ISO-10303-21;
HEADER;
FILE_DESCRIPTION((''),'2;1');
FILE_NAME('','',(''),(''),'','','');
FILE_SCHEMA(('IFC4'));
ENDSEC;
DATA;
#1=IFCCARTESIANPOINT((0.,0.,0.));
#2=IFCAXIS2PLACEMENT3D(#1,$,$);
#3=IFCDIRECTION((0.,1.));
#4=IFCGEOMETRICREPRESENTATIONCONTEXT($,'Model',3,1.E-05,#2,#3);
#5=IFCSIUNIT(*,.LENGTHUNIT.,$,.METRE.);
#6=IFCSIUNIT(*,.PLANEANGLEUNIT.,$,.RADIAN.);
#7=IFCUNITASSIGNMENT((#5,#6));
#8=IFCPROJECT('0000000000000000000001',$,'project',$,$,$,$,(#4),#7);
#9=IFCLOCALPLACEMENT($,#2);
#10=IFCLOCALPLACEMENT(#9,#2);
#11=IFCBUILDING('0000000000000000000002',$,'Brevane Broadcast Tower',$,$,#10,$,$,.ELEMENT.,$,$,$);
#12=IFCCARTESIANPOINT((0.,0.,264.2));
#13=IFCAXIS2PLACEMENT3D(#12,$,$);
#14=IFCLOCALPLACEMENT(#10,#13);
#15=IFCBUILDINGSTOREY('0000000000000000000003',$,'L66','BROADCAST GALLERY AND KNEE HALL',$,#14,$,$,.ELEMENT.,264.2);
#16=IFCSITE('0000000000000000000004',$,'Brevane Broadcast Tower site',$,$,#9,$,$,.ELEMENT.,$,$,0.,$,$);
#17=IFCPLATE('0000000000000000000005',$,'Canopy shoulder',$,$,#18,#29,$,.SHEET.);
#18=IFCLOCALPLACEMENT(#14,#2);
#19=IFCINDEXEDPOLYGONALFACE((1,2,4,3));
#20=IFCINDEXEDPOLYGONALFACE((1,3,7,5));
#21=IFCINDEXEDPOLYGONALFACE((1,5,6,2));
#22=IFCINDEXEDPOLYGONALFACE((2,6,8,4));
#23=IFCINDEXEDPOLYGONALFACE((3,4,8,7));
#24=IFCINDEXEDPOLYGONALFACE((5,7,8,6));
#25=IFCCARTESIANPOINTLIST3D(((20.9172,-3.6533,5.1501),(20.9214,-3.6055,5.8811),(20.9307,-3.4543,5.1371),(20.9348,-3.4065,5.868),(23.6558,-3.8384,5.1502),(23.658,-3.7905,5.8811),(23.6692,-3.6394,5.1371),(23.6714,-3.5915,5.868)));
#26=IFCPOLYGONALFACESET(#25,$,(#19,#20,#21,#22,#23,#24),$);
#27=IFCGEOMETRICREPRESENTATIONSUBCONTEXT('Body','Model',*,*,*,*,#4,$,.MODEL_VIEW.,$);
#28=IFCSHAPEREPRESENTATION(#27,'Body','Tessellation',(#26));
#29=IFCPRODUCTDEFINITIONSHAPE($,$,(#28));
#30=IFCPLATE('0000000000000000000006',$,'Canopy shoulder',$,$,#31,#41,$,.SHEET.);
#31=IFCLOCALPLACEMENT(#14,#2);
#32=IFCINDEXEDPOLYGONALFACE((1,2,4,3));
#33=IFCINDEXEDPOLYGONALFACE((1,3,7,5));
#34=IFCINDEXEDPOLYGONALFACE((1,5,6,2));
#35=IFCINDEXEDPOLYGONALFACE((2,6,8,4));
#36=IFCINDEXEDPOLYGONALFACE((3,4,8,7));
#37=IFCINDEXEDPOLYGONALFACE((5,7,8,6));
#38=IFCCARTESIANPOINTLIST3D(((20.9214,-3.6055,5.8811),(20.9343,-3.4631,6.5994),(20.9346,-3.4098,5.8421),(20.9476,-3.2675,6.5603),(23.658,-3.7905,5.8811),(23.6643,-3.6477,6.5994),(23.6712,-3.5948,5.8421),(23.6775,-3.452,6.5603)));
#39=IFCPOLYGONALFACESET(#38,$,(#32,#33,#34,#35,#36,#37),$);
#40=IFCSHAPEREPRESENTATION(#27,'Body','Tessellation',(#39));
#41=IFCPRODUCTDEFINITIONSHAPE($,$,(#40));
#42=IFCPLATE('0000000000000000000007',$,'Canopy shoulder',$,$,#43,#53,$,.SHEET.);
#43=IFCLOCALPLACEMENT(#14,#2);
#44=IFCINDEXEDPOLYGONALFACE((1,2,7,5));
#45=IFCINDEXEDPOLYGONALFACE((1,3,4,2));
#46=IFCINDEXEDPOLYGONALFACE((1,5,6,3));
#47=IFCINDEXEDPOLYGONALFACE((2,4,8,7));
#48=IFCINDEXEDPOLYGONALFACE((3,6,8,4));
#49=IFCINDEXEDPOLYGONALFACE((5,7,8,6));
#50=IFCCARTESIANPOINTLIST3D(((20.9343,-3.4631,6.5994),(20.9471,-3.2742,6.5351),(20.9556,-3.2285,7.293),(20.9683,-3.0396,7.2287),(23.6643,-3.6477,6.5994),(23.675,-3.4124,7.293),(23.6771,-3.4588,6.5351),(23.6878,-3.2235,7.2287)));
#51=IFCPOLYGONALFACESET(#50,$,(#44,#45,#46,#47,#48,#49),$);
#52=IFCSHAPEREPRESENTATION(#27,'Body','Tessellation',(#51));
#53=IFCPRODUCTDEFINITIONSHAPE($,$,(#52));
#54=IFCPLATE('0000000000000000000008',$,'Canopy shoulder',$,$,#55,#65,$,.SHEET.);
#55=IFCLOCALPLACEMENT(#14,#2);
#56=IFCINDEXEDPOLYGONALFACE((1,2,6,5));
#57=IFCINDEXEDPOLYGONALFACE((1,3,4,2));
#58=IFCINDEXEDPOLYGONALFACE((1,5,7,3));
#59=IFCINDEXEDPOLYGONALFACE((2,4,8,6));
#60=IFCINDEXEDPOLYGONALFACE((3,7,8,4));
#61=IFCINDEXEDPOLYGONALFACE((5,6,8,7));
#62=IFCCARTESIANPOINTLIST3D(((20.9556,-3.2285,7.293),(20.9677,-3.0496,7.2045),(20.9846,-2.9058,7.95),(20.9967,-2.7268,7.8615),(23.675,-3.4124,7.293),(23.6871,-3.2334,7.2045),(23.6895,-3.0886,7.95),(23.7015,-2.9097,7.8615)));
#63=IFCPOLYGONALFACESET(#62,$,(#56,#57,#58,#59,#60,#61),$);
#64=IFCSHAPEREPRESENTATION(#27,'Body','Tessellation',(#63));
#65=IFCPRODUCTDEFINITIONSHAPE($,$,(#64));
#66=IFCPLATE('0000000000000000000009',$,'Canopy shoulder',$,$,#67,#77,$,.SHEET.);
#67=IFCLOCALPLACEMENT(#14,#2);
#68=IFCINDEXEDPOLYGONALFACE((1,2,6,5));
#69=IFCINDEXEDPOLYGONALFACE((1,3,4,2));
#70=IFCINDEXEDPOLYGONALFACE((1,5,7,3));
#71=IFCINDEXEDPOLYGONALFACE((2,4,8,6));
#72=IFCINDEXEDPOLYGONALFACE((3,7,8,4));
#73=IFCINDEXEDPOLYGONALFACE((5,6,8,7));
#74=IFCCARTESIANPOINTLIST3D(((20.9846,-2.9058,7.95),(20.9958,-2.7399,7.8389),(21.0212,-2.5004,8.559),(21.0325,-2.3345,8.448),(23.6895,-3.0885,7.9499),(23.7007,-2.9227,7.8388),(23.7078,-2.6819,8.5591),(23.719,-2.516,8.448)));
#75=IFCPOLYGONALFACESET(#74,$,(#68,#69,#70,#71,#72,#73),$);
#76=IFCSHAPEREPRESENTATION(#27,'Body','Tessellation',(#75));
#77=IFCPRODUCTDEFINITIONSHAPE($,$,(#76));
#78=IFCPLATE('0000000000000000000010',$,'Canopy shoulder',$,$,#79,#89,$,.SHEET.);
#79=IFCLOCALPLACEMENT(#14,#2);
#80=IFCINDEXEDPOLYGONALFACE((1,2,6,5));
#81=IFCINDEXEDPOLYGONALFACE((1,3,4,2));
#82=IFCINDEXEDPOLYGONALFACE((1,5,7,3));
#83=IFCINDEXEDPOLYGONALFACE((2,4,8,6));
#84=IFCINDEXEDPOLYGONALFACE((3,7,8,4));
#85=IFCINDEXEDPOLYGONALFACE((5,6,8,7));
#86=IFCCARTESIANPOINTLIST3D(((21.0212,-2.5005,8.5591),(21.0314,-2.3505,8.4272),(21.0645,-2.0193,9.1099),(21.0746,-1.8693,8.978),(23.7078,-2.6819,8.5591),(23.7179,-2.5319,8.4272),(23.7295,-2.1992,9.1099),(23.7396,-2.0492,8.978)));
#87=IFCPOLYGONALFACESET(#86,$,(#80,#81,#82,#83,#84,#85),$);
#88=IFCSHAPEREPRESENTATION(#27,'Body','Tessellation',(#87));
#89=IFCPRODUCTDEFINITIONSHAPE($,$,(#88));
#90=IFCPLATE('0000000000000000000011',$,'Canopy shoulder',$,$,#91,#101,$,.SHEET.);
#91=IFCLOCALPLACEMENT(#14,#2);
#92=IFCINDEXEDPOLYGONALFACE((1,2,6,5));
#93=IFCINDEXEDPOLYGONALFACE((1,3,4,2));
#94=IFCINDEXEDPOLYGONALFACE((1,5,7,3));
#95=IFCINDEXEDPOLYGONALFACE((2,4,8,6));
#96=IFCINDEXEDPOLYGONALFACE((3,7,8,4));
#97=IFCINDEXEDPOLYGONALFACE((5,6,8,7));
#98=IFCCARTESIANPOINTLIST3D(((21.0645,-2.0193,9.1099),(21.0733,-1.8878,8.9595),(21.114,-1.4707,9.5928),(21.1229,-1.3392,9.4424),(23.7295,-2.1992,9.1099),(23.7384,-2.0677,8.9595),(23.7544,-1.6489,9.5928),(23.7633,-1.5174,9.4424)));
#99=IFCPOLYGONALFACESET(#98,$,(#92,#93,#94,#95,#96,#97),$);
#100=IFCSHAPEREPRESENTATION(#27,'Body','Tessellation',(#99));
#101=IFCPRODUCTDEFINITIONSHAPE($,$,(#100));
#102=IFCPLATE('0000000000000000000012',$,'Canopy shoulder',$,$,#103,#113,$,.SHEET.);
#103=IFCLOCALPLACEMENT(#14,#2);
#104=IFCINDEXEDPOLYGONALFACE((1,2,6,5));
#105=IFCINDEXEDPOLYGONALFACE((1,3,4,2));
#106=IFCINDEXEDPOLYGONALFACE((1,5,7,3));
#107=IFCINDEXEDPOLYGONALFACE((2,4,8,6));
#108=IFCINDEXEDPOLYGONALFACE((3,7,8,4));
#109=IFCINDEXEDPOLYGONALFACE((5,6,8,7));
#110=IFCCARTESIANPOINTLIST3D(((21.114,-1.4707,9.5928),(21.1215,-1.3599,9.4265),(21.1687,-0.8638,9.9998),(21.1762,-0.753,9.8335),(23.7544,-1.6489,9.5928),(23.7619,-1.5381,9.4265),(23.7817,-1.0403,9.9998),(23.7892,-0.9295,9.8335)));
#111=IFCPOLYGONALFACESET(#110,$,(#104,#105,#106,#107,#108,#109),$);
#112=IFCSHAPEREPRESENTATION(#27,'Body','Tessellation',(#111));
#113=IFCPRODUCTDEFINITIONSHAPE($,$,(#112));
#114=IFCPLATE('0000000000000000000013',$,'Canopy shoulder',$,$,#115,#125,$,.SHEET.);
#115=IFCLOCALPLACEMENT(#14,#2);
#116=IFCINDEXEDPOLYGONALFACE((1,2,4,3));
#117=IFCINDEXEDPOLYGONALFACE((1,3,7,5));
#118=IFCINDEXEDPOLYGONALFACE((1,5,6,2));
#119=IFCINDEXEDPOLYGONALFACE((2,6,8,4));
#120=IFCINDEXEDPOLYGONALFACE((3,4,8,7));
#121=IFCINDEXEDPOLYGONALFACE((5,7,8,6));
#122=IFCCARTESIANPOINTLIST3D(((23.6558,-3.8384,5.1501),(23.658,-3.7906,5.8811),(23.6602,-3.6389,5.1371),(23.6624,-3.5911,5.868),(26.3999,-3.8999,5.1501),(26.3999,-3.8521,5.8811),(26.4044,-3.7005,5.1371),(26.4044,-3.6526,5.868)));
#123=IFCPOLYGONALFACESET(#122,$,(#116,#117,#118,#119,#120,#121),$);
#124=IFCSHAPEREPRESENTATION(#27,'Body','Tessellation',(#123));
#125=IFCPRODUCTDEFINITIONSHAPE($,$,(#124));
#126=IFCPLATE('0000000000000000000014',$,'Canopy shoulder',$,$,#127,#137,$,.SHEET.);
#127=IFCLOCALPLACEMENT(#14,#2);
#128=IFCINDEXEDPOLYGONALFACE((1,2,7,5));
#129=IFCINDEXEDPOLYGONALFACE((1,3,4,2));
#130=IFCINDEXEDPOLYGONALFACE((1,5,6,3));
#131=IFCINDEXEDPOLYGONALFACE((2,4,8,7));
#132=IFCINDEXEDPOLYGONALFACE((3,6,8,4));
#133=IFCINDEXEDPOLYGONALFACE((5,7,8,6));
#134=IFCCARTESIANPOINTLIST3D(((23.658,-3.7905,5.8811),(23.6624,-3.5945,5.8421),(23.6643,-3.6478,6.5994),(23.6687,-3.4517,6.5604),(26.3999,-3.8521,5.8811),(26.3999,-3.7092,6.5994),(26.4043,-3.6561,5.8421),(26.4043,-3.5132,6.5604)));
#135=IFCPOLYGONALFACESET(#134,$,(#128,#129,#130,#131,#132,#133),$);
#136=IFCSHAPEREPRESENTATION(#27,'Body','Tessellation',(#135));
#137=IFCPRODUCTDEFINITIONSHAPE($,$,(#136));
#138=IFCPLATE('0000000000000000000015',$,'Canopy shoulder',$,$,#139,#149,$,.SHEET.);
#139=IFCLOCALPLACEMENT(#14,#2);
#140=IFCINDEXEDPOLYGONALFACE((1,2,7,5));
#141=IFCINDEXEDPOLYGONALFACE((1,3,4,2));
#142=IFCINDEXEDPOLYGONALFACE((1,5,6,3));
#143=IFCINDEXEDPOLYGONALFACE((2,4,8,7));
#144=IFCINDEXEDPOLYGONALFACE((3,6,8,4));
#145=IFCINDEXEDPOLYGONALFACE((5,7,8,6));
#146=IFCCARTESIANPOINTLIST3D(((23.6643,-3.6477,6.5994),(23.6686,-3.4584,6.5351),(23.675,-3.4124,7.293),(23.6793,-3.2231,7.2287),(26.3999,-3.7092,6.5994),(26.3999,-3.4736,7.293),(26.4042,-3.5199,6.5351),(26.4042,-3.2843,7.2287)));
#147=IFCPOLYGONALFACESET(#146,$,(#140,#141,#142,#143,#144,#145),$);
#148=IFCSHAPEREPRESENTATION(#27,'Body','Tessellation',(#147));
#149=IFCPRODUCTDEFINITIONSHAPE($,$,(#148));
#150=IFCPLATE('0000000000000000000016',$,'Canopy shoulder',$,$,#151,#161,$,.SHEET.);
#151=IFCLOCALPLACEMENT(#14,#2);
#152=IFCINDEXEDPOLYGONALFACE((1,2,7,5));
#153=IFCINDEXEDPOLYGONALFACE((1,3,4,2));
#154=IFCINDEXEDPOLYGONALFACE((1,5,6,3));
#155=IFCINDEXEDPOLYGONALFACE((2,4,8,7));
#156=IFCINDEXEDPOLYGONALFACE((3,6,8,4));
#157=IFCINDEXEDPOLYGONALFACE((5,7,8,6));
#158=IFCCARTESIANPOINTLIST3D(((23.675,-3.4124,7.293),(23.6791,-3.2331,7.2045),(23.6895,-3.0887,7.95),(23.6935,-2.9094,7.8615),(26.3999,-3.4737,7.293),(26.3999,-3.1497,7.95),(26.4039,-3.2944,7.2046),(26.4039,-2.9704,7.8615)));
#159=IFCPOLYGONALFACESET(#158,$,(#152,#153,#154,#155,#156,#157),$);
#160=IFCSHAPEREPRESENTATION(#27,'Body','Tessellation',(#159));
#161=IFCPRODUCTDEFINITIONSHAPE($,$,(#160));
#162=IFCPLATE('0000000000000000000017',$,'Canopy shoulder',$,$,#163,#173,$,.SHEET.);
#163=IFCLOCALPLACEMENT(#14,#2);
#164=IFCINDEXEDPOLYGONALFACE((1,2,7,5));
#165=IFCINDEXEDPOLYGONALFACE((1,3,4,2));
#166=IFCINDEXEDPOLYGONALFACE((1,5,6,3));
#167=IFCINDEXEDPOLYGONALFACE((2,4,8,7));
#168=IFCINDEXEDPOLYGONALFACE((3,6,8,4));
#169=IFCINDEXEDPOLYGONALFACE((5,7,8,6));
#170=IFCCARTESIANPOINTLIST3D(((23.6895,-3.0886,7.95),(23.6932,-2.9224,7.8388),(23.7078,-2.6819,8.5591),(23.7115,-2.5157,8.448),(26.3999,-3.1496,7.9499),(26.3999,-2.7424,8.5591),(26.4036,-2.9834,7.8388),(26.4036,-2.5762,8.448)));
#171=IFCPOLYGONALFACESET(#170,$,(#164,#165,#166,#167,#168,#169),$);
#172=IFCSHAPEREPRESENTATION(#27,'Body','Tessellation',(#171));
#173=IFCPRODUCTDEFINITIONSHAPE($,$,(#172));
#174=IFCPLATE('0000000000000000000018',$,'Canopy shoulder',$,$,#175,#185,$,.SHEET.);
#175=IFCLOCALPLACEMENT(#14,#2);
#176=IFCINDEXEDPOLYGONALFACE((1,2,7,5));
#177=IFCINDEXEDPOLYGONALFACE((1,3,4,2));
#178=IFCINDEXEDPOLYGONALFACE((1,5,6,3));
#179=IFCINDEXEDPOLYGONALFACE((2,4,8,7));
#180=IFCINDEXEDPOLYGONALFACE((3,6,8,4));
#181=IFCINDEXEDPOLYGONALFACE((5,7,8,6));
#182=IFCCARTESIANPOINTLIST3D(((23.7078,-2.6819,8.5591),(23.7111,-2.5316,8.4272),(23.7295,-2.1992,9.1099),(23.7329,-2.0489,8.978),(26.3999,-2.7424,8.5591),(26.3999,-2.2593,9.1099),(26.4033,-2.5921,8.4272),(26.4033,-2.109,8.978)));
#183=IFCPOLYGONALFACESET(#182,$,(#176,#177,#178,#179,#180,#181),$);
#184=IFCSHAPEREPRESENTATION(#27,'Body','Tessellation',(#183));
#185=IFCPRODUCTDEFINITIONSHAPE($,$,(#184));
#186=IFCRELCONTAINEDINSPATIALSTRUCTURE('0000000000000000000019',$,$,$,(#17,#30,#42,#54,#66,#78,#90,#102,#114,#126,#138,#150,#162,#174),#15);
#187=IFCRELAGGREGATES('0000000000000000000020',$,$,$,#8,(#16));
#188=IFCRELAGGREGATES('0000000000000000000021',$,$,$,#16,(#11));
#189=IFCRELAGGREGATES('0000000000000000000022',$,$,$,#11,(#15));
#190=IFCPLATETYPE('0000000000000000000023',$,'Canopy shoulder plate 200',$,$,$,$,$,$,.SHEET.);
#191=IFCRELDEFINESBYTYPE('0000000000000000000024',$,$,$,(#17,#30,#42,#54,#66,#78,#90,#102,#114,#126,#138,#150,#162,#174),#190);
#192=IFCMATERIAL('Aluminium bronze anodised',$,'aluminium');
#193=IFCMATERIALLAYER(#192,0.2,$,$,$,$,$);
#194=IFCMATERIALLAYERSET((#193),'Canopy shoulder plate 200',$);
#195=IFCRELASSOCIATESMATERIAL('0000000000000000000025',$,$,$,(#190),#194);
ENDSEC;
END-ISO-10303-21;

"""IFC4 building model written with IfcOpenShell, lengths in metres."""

from ifc_helpers import new_model, si_unit, direction, frame, origin, place, context, subcontext, project, spatial, polyline, outline, extrude, material, layer, layer_set, type_object, element, save


model = new_model("IFC4")

# Units and contexts
model_context = context("Model", 3, precision=1e-05, world=origin(), true_north=direction((0.0, 1.0)))
body_context = subcontext(model_context, "Body", "Model", "MODEL_VIEW")
ifc_project = project(units=[si_unit("LENGTHUNIT", "METRE"), si_unit("PLANEANGLEUNIT", "RADIAN")], contexts=[model_context])

# Site, building, storey
site_placement = place(None, origin())
site = spatial("IfcSite", under=ifc_project, at=site_placement, Name="Brevane Broadcast Tower site", CompositionType="ELEMENT", RefElevation=0.0)
building_placement = place(site_placement, origin())
building = spatial("IfcBuilding", under=site, at=building_placement, Name="Brevane Broadcast Tower", CompositionType="ELEMENT")
storey_placement = place(building_placement, frame((0.0, 0.0, 264.2)))
storey = spatial("IfcBuildingStorey", under=building, at=storey_placement, Name="L66", Description="BROADCAST GALLERY AND KNEE HALL", CompositionType="ELEMENT", Elevation=264.2)

# Plates
ifc_material = material(Name="Aluminium bronze anodised", Category="aluminium")
ifc_layer = layer(ifc_material, 0.2)
ifc_layer_set = layer_set([ifc_layer], Name="Canopy shoulder plate 200")
plate_type = type_object("IfcPlateType", Name="Canopy shoulder plate 200", PredefinedType="SHEET", material=ifc_layer_set)
plate_1_placement = place(storey_placement, frame((20.9172, -3.6533, 5.1501), z_axis=(-0.067301, -0.995583, 0.065467), x_axis=(0.997723, -0.067446, 0.000002)))
element("IfcPlate", 1, at=plate_1_placement, inside=storey, type_object=plate_type, Name="Canopy shoulder", PredefinedType="SHEET", context=body_context, shape_type="SweptSolid", body=[
    extrude(outline(polyline([(0.0, 0.0), (2.7448, 0.0), (2.7437, 0.7325), (0.0009, 0.7325), (0.0, 0.0)])), origin(), (0.0, 0.0, -1.0), 0.2),
])
plate_2_placement = place(storey_placement, frame((20.9214, -3.6055, 5.8811), z_axis=(-0.066166, -0.978542, 0.195133), x_axis=(0.997722, -0.067463, -0.000001)))
element("IfcPlate", 2, at=plate_2_placement, inside=storey, type_object=plate_type, Name="Canopy shoulder", PredefinedType="SHEET", context=body_context, shape_type="SweptSolid", body=[
    extrude(outline(polyline([(0.0, 0.0), (2.7428, 0.0), (2.7395, 0.7323), (0.0033, 0.7323), (0.0, 0.0)])), origin(), (0.0, 0.0, -1.0), 0.2),
])
plate_3_placement = place(storey_placement, frame((20.9343, -3.4631, 6.5994), z_axis=(-0.063869, -0.94474, 0.32154), x_axis=(0.997723, -0.067451, -0.000001)))
element("IfcPlate", 3, at=plate_3_placement, inside=storey, type_object=plate_type, Name="Canopy shoulder", PredefinedType="SHEET", context=body_context, shape_type="SweptSolid", body=[
    extrude(outline(polyline([(0.0, 0.0), (2.7362, 0.0), (2.7311, 0.7325), (0.0054, 0.7325), (0.0, 0.0)])), origin(), (0.0, 0.0, -1.0), 0.2),
])
plate_4_placement = place(storey_placement, frame((20.9556, -3.2285, 7.293), z_axis=(-0.060494, -0.894839, 0.442271), x_axis=(0.997723, -0.067448, 0.000001)))
element("IfcPlate", 4, at=plate_4_placement, inside=storey, type_object=plate_type, Name="Canopy shoulder", PredefinedType="SHEET", context=body_context, shape_type="SweptSolid", body=[
    extrude(outline(polyline([(0.0, 0.0), (2.7257, 0.0), (2.7182, 0.7325), (0.0072, 0.7325), (0.0, 0.0)])), origin(), (0.0, 0.0, -1.0), 0.2),
])
plate_5_placement = place(storey_placement, frame((20.9846, -2.9058, 7.95), z_axis=(-0.056052, -0.829625, 0.5555), x_axis=(0.997725, -0.067423, -0.000019)))
element("IfcPlate", 5, at=plate_5_placement, inside=storey, type_object=plate_type, Name="Canopy shoulder", PredefinedType="SHEET", context=body_context, shape_type="SweptSolid", body=[
    extrude(outline(polyline([(0.0, 0.0), (2.711, 0.0), (2.7018, 0.7326), (0.0092, 0.7325), (0.0, 0.0)])), origin(), (0.0, 0.0, -1.0), 0.2),
])
plate_6_placement = place(storey_placement, frame((21.0212, -2.5005, 8.5591), z_axis=(-0.050647, -0.750129, 0.659349), x_axis=(0.997728, -0.067366, -0.000001)))
element("IfcPlate", 6, at=plate_6_placement, inside=storey, type_object=plate_type, Name="Canopy shoulder", PredefinedType="SHEET", context=body_context, shape_type="SweptSolid", body=[
    extrude(outline(polyline([(0.0, 0.0), (2.6926, 0.0), (2.6818, 0.7326), (0.0107, 0.7326), (0.0, 0.0)])), origin(), (0.0, 0.0, -1.0), 0.2),
])
plate_7_placement = place(storey_placement, frame((21.0645, -2.0193, 9.1099), z_axis=(-0.044407, -0.657818, 0.751866), x_axis=(0.997729, -0.067359, -0.000004)))
element("IfcPlate", 7, at=plate_7_placement, inside=storey, type_object=plate_type, Name="Canopy shoulder", PredefinedType="SHEET", context=body_context, shape_type="SweptSolid", body=[
    extrude(outline(polyline([(0.0, 0.0), (2.6711, 0.0), (2.6589, 0.7325), (0.0125, 0.7324), (0.0, 0.0)])), origin(), (0.0, 0.0, -1.0), 0.2),
])
plate_8_placement = place(storey_placement, frame((21.114, -1.4707, 9.5928), z_axis=(-0.037426, -0.554259, 0.831503), x_axis=(0.997729, -0.067354, 0.000012)))
element("IfcPlate", 8, at=plate_8_placement, inside=storey, type_object=plate_type, Name="Canopy shoulder", PredefinedType="SHEET", context=body_context, shape_type="SweptSolid", body=[
    extrude(outline(polyline([(0.0, 0.0), (2.6464, 0.0), (2.6327, 0.7326), (0.0137, 0.7327), (0.0, 0.0)])), origin(), (0.0, 0.0, -1.0), 0.2),
])
plate_9_placement = place(storey_placement, frame((23.6558, -3.8384, 5.1501), z_axis=(-0.022375, -0.997612, 0.065342), x_axis=(0.999749, -0.022423, 0.000001)))
element("IfcPlate", 9, at=plate_9_placement, inside=storey, type_object=plate_type, Name="Canopy shoulder", PredefinedType="SHEET", context=body_context, shape_type="SweptSolid", body=[
    extrude(outline(polyline([(0.0, 0.0), (2.7448, 0.0), (2.7438, 0.7325), (0.0011, 0.7325), (0.0, 0.0)])), origin(), (0.0, 0.0, -1.0), 0.2),
])
plate_10_placement = place(storey_placement, frame((23.658, -3.7905, 5.8811), z_axis=(-0.022027, -0.980541, 0.195072), x_axis=(0.999748, -0.022457, 0.000005)))
element("IfcPlate", 10, at=plate_10_placement, inside=storey, type_object=plate_type, Name="Canopy shoulder", PredefinedType="SHEET", context=body_context, shape_type="SweptSolid", body=[
    extrude(outline(polyline([(0.0, 0.0), (2.7426, 0.0), (2.7394, 0.7323), (0.0031, 0.7323), (0.0, 0.0)])), origin(), (0.0, 0.0, -1.0), 0.2),
])
plate_11_placement = place(storey_placement, frame((23.6643, -3.6477, 6.5994), z_axis=(-0.02129, -0.946654, 0.321547), x_axis=(0.999747, -0.022484, 0.0)))
element("IfcPlate", 11, at=plate_11_placement, inside=storey, type_object=plate_type, Name="Canopy shoulder", PredefinedType="SHEET", context=body_context, shape_type="SweptSolid", body=[
    extrude(outline(polyline([(0.0, 0.0), (2.7363, 0.0), (2.731, 0.7325), (0.0054, 0.7325), (0.0, 0.0)])), origin(), (0.0, 0.0, -1.0), 0.2),
])
plate_12_placement = place(storey_placement, frame((23.675, -3.4124, 7.293), z_axis=(-0.020179, -0.896676, 0.442228), x_axis=(0.999747, -0.022495, 0.000006)))
element("IfcPlate", 12, at=plate_12_placement, inside=storey, type_object=plate_type, Name="Canopy shoulder", PredefinedType="SHEET", context=body_context, shape_type="SweptSolid", body=[
    extrude(outline(polyline([(0.0, 0.0), (2.7255, 0.0), (2.7183, 0.7325), (0.0071, 0.7325), (0.0, 0.0)])), origin(), (0.0, 0.0, -1.0), 0.2),
])
plate_13_placement = place(storey_placement, frame((23.6895, -3.0886, 7.95), z_axis=(-0.018706, -0.831211, 0.555643), x_axis=(0.999747, -0.022503, -0.000006)))
element("IfcPlate", 13, at=plate_13_placement, inside=storey, type_object=plate_type, Name="Canopy shoulder", PredefinedType="SHEET", context=body_context, shape_type="SweptSolid", body=[
    extrude(outline(polyline([(0.0, 0.0), (2.7111, 0.0), (2.702, 0.7327), (0.0091, 0.7326), (0.0, 0.0)])), origin(), (0.0, 0.0, -1.0), 0.2),
])
plate_14_placement = place(storey_placement, frame((23.7078, -2.6819, 8.5591), z_axis=(-0.016905, -0.751643, 0.659354), x_axis=(0.999747, -0.022485, 0.0)))
element("IfcPlate", 14, at=plate_14_placement, inside=storey, type_object=plate_type, Name="Canopy shoulder", PredefinedType="SHEET", context=body_context, shape_type="SweptSolid", body=[
    extrude(outline(polyline([(0.0, 0.0), (2.6928, 0.0), (2.682, 0.7326), (0.0109, 0.7326), (0.0, 0.0)])), origin(), (0.0, 0.0, -1.0), 0.2),
])

save(model, "model.ifc")
